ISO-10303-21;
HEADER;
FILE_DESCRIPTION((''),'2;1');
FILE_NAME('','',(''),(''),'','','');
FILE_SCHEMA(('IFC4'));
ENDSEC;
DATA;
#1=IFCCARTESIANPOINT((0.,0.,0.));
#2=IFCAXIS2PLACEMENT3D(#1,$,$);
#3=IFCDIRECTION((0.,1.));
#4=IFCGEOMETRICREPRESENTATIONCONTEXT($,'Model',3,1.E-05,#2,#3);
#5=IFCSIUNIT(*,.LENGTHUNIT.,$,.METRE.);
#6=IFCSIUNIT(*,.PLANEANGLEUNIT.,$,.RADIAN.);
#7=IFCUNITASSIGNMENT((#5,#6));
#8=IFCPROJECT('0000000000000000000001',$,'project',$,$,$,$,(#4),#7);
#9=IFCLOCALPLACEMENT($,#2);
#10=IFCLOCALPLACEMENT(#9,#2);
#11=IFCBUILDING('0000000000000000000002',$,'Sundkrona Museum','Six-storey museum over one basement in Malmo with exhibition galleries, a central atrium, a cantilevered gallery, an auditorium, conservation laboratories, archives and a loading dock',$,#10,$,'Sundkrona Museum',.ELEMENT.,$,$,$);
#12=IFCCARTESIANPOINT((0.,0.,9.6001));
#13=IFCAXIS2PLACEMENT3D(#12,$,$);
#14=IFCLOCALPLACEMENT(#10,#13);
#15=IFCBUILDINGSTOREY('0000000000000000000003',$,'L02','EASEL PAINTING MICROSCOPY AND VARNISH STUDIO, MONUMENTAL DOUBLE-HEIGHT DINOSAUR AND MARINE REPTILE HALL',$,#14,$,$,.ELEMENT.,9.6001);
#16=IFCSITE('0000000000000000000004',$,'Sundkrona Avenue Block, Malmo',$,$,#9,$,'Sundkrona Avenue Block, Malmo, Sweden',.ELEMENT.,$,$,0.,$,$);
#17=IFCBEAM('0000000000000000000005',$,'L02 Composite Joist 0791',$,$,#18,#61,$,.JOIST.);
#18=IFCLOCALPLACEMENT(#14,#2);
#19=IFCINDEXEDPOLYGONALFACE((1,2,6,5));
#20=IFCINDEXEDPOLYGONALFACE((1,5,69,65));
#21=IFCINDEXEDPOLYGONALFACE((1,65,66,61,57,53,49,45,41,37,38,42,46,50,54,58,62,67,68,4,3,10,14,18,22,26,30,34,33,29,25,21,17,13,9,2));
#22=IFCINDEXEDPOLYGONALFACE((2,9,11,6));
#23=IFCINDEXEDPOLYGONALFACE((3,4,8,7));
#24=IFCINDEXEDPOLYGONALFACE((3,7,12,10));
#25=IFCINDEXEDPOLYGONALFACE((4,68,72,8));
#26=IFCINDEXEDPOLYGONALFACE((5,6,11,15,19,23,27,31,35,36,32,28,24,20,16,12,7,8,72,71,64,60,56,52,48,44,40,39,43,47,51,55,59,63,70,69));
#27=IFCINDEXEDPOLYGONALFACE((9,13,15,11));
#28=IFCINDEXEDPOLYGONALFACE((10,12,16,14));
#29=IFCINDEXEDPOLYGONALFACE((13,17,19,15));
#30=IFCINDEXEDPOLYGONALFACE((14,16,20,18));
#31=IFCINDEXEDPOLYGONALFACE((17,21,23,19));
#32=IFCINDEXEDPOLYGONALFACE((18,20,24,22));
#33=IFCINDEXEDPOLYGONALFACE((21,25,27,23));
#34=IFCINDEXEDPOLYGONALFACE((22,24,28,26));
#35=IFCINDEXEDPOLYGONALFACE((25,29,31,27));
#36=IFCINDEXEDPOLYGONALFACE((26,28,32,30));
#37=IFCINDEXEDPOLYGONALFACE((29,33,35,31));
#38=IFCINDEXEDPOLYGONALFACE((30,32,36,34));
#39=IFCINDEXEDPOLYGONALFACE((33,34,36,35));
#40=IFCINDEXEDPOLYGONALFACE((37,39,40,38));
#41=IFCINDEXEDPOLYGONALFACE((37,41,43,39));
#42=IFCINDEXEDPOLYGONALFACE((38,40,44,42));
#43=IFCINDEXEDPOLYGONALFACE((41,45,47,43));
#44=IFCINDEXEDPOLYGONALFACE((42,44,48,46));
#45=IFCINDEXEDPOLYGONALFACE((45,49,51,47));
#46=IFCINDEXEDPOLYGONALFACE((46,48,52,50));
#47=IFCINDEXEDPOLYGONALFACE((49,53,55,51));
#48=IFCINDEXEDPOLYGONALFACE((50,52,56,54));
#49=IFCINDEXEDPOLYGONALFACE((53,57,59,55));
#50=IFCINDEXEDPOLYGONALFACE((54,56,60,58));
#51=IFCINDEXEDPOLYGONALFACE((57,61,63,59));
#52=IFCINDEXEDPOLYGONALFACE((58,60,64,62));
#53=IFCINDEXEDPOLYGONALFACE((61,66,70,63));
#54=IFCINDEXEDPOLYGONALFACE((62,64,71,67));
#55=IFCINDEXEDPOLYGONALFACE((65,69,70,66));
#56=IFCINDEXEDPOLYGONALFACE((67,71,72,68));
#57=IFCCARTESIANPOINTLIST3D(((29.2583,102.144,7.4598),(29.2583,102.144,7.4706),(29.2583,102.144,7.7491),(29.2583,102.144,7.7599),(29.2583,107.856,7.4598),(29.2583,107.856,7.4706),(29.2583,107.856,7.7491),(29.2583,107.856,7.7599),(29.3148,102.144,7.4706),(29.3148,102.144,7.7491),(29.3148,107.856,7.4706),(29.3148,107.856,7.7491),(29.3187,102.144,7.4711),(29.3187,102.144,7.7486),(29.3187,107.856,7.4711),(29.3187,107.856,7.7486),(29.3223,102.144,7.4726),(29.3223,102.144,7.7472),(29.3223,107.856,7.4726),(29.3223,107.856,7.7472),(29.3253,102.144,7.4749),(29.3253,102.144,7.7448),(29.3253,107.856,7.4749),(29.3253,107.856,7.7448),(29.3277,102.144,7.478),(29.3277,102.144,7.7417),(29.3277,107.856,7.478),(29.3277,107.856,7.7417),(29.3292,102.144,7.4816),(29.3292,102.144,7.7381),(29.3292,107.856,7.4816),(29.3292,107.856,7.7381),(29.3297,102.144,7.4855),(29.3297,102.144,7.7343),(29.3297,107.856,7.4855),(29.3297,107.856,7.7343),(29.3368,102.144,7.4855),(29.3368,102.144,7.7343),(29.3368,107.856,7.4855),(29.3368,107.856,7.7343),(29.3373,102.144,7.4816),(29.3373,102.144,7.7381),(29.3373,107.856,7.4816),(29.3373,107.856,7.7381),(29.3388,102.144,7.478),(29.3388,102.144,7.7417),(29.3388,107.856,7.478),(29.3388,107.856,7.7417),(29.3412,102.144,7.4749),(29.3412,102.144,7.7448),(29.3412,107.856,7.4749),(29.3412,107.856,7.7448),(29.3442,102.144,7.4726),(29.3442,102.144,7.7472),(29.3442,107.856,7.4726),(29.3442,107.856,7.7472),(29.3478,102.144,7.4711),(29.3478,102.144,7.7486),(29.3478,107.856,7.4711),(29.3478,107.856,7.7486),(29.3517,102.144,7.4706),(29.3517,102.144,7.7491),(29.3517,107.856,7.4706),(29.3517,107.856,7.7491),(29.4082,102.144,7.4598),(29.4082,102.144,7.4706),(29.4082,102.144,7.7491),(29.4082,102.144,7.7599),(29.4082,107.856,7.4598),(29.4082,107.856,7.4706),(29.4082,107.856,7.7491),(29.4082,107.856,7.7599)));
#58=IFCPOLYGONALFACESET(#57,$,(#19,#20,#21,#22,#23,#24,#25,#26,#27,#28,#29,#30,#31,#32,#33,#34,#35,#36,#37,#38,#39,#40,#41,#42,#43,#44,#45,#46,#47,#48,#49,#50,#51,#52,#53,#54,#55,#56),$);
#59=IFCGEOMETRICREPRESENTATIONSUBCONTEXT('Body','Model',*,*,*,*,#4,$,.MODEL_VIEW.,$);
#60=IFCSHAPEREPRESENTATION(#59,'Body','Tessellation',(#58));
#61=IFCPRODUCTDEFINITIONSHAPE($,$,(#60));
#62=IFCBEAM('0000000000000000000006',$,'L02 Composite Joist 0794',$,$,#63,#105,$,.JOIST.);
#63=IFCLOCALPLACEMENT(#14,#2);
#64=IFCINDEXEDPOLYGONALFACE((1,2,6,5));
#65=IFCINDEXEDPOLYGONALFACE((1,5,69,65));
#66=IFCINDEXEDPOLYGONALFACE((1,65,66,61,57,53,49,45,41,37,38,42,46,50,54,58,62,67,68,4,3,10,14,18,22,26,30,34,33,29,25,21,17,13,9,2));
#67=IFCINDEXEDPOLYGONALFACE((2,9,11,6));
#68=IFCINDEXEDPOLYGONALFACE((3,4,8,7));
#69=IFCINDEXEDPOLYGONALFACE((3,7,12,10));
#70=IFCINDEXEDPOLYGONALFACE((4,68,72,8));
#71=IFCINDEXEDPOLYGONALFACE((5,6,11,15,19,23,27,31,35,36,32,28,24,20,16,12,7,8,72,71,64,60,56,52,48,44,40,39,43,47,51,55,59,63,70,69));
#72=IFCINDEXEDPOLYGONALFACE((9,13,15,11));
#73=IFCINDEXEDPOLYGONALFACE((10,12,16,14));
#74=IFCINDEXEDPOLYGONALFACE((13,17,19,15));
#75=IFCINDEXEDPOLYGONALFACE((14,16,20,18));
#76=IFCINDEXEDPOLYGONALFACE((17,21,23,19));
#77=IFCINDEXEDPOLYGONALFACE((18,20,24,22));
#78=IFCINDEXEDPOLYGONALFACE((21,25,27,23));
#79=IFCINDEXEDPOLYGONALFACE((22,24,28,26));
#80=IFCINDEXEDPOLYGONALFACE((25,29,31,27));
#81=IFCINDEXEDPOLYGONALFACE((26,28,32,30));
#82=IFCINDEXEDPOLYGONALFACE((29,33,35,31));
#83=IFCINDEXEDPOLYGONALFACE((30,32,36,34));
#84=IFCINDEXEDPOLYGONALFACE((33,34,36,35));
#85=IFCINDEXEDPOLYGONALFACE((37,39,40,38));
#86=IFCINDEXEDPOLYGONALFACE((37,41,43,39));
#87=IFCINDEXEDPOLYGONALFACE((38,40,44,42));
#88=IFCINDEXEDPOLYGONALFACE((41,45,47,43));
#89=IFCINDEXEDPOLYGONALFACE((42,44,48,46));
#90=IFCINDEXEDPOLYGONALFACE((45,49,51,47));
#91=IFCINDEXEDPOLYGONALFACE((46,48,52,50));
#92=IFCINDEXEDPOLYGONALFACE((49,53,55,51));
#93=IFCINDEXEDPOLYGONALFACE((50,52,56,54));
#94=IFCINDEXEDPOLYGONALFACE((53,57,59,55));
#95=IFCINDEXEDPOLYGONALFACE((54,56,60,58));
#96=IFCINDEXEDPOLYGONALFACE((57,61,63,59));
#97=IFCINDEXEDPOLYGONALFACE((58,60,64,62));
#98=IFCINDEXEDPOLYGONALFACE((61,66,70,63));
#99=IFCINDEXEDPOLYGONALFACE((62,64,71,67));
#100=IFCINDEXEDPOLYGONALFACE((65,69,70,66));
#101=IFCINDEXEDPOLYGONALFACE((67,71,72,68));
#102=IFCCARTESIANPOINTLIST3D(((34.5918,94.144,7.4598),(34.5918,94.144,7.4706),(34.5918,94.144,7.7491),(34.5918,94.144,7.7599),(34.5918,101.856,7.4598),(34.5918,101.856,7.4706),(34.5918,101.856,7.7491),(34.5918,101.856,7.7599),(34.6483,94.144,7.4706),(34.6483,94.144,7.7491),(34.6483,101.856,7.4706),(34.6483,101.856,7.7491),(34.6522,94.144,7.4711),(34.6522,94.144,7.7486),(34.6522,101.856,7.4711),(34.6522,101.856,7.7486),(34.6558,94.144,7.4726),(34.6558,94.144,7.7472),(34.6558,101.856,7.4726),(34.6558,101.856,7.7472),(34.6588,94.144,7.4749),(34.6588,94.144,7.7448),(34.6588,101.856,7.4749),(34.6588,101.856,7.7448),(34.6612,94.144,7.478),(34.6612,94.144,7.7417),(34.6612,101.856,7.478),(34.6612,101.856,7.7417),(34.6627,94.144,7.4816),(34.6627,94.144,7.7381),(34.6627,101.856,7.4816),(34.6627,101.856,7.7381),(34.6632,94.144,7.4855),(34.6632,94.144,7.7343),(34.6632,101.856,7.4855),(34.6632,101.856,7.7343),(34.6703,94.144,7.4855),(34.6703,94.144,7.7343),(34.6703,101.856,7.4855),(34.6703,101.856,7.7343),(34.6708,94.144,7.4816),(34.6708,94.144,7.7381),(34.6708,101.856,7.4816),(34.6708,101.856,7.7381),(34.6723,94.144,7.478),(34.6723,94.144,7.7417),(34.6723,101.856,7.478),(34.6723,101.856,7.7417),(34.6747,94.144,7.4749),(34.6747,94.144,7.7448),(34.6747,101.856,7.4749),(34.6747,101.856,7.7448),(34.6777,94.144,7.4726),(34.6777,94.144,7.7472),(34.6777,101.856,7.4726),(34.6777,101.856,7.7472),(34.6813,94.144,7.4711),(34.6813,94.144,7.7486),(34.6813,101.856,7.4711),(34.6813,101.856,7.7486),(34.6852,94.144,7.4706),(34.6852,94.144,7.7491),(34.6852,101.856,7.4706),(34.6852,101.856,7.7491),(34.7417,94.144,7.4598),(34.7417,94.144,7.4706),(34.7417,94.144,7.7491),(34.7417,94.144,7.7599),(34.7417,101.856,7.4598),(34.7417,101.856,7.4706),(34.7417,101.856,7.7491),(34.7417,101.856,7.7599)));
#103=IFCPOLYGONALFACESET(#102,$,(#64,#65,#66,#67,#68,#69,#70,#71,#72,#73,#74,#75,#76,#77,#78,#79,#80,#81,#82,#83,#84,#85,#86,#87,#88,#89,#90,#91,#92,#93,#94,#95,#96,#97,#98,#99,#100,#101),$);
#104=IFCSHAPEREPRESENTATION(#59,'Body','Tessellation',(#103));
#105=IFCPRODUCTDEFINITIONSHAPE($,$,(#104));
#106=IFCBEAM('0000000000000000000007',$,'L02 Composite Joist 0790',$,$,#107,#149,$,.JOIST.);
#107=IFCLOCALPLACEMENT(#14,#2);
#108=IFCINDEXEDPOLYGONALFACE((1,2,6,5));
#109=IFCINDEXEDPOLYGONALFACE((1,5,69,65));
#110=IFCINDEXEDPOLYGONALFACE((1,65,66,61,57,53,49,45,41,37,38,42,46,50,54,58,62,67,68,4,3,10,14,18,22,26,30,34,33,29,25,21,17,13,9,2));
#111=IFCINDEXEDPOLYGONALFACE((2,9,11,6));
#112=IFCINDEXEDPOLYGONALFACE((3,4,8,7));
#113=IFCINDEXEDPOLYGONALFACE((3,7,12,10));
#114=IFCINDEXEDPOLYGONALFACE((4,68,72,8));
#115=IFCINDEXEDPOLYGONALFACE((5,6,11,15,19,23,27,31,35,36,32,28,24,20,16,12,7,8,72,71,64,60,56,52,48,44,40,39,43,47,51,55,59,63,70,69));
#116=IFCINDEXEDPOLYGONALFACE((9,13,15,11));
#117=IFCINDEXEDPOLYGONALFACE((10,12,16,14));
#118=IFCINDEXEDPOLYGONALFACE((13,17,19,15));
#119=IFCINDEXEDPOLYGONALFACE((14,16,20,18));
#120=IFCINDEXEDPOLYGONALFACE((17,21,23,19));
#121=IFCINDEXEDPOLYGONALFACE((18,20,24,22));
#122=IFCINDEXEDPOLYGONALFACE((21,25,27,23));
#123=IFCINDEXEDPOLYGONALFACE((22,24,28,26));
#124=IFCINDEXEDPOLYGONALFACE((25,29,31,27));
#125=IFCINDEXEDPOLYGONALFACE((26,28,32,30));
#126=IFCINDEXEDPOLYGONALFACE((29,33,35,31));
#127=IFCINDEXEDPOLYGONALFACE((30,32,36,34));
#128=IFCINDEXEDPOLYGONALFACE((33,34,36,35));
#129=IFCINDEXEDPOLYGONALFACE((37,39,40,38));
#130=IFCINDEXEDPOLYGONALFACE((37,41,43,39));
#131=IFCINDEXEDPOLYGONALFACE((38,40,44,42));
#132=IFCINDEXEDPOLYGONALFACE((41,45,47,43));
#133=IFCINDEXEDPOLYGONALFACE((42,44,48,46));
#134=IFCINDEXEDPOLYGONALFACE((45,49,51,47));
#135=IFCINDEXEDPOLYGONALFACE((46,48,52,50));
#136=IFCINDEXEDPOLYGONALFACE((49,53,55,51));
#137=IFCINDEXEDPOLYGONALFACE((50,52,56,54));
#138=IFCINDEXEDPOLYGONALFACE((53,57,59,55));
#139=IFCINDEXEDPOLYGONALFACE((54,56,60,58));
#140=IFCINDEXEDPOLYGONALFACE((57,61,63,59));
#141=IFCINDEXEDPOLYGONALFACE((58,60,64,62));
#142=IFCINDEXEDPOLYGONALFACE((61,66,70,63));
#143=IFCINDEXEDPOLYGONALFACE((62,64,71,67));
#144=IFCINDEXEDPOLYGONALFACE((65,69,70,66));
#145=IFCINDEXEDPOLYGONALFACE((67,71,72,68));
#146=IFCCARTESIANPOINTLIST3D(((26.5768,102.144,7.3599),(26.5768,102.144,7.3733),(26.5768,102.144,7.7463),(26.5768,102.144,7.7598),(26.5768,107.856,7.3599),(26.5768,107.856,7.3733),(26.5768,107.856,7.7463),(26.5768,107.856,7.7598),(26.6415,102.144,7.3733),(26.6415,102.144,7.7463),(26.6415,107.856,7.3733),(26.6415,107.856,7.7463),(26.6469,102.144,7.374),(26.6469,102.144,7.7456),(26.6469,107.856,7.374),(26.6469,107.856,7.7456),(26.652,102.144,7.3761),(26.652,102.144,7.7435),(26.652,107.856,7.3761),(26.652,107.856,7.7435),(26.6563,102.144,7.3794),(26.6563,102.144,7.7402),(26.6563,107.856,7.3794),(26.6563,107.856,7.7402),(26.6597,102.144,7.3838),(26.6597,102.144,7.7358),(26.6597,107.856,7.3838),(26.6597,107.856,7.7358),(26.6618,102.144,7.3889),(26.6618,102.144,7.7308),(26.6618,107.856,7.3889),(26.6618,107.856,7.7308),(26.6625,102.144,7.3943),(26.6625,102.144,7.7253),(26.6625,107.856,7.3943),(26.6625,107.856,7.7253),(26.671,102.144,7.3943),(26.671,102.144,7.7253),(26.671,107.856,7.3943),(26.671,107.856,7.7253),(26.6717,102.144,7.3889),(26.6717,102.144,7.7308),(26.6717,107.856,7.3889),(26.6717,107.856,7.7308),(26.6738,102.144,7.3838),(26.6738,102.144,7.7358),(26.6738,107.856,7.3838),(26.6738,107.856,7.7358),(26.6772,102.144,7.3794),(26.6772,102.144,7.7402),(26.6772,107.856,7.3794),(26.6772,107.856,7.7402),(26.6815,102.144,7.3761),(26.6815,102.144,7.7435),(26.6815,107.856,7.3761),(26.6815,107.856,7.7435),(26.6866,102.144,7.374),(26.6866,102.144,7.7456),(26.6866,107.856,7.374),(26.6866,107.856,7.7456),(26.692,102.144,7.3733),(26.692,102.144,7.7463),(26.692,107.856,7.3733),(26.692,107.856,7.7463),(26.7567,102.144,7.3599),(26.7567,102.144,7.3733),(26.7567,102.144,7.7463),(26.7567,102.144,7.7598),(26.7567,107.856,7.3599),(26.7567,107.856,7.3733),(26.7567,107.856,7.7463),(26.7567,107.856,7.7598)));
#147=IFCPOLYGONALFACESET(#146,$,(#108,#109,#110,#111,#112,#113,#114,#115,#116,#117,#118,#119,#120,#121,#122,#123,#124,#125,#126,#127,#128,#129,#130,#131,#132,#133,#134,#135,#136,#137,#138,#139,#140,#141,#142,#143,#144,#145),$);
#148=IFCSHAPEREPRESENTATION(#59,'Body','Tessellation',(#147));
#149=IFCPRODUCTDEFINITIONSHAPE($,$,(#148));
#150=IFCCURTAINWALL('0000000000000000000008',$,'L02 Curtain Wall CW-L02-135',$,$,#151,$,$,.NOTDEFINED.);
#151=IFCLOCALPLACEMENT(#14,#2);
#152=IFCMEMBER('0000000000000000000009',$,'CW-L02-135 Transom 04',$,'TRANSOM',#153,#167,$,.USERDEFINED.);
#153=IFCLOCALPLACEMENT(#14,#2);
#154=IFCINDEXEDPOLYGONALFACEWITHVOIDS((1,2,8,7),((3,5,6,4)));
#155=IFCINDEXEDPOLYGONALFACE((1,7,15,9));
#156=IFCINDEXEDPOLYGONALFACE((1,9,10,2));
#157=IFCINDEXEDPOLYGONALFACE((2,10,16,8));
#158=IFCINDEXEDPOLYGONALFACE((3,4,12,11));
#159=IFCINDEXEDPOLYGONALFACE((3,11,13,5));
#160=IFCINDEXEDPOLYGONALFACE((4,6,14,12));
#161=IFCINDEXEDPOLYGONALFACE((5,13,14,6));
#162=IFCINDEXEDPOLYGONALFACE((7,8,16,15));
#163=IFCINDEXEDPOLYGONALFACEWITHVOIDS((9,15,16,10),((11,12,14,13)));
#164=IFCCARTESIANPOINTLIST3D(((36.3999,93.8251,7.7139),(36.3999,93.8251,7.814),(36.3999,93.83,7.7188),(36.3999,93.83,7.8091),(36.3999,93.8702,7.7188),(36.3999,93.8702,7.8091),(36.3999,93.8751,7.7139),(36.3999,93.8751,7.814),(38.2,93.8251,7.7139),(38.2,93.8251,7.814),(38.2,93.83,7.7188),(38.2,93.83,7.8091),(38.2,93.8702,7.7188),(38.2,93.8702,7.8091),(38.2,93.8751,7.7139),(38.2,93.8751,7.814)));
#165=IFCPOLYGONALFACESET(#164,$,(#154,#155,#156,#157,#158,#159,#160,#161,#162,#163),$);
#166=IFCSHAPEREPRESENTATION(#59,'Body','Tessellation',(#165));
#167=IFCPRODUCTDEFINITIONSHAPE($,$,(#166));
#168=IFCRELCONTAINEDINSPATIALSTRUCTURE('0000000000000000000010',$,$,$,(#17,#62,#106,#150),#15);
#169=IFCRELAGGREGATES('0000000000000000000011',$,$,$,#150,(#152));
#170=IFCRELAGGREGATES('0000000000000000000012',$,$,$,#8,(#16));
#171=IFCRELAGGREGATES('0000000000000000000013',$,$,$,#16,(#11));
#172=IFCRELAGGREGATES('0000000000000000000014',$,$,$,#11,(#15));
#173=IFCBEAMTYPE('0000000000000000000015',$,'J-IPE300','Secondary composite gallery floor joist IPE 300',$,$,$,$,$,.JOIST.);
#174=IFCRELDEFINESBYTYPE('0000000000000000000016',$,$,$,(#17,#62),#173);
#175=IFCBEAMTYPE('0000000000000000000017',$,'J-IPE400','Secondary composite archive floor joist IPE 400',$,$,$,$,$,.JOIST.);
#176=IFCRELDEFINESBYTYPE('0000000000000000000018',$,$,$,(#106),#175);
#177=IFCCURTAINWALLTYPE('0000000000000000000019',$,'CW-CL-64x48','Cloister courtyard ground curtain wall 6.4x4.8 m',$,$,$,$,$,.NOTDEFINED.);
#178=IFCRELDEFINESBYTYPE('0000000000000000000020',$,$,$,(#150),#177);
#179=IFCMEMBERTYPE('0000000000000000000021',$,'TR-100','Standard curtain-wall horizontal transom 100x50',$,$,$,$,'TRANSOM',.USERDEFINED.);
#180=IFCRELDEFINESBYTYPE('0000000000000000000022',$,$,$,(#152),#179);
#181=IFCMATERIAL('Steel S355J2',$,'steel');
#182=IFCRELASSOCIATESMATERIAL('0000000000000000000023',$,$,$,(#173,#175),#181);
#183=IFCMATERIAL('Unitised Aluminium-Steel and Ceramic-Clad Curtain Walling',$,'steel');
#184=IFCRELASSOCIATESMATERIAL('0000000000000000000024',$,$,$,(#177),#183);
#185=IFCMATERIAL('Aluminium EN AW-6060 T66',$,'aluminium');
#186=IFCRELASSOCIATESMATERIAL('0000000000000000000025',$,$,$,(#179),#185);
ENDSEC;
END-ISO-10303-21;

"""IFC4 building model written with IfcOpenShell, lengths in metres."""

from ifc_helpers import new_model, si_unit, direction, frame, origin, origin_2d, place, context, subcontext, project, spatial, hollow_rectangle, i_section, extrude, material, material_profile, profile_set, type_object, element, aggregate, save


model = new_model("IFC4")

# Units and contexts
model_context = context("Model", 3, precision=1e-05, world=origin(), true_north=direction((0.0, 1.0)))
body_context = subcontext(model_context, "Body", "Model", "MODEL_VIEW")
ifc_project = project(units=[si_unit("LENGTHUNIT", "METRE"), si_unit("PLANEANGLEUNIT", "RADIAN")], contexts=[model_context])

# Site, building, storey
site_placement = place(None, origin())
site = spatial("IfcSite", under=ifc_project, at=site_placement, Name="Sundkrona Avenue Block, Malmo", LongName="Sundkrona Avenue Block, Malmo, Sweden", CompositionType="ELEMENT", RefElevation=0.0)
building_placement = place(site_placement, origin())
building = spatial("IfcBuilding", under=site, at=building_placement, Name="Sundkrona Museum", Description="Six-storey museum over one basement in Malmo with exhibition galleries, a central atrium, a cantilevered gallery, an auditorium, conservation laboratories, archives and a loading dock", LongName="Sundkrona Museum", CompositionType="ELEMENT")
storey_placement = place(building_placement, frame((0.0, 0.0, 9.6001)))
storey = spatial("IfcBuildingStorey", under=building, at=storey_placement, Name="L02", Description="EASEL PAINTING MICROSCOPY AND VARNISH STUDIO, MONUMENTAL DOUBLE-HEIGHT DINOSAUR AND MARINE REPTILE HALL", CompositionType="ELEMENT", Elevation=9.6001)

# Shared definitions
ifc_material_1 = material(Name="Steel S355J2", Category="steel")

# Beams
ifc_material_profile_1 = material_profile(ifc_material_1, i_section(OverallWidth=0.1499, OverallDepth=0.3, WebThickness=0.0071, FlangeThickness=0.0107, FilletRadius=0.0149, at=origin_2d()), Name="IPE 300")
ifc_profile_set_1 = profile_set([ifc_material_profile_1], Name="Steel S355J2")
beam_type_1 = type_object("IfcBeamType", Name="J-IPE300", Description="Secondary composite gallery floor joist IPE 300", PredefinedType="JOIST", material=ifc_profile_set_1)
beam_1_placement = place(storey_placement, frame((29.3333, 102.144, 7.6099), z_axis=(0.0, 1.0, 0.0), x_axis=(-1.0, 0.0, 0.0)))
element("IfcBeam", 1, at=beam_1_placement, inside=storey, type_object=beam_type_1, Name="L02 Composite Joist 0791", PredefinedType="JOIST", context=body_context, shape_type="SweptSolid", body=[
    extrude(i_section(OverallWidth=0.1499, OverallDepth=0.3, WebThickness=0.0071, FlangeThickness=0.0107, FilletRadius=0.0149, at=origin_2d()), origin(), (0.0, 0.0, 1.0), 5.7119),
])
beam_2_placement = place(storey_placement, frame((34.6667, 94.144, 7.6099), z_axis=(0.0, 1.0, 0.0), x_axis=(-1.0, 0.0, 0.0)))
element("IfcBeam", 2, at=beam_2_placement, inside=storey, type_object=beam_type_1, Name="L02 Composite Joist 0794", PredefinedType="JOIST", context=body_context, shape_type="SweptSolid", body=[
    extrude(i_section(OverallWidth=0.1499, OverallDepth=0.3, WebThickness=0.0071, FlangeThickness=0.0107, FilletRadius=0.0149, at=origin_2d()), origin(), (0.0, 0.0, 1.0), 7.7119),
])
ifc_material_profile_2 = material_profile(ifc_material_1, i_section(OverallWidth=0.1799, OverallDepth=0.3999, WebThickness=0.0085, FlangeThickness=0.0134, FilletRadius=0.021, at=origin_2d()), Name="IPE 400")
ifc_profile_set_2 = profile_set([ifc_material_profile_2], Name="Steel S355J2")
beam_type_2 = type_object("IfcBeamType", Name="J-IPE400", Description="Secondary composite archive floor joist IPE 400", PredefinedType="JOIST", material=ifc_profile_set_2)
beam_3_placement = place(storey_placement, frame((26.6667, 102.144, 7.5598), z_axis=(0.0, 1.0, 0.0), x_axis=(-1.0, 0.0, 0.0)))
element("IfcBeam", 3, at=beam_3_placement, inside=storey, type_object=beam_type_2, Name="L02 Composite Joist 0790", PredefinedType="JOIST", context=body_context, shape_type="SweptSolid", body=[
    extrude(i_section(OverallWidth=0.1799, OverallDepth=0.3999, WebThickness=0.0085, FlangeThickness=0.0134, FilletRadius=0.021, at=origin_2d()), origin(), (0.0, 0.0, 1.0), 5.7119),
])

# Curtain wall, member
ifc_material_2 = material(Name="Unitised Aluminium-Steel and Ceramic-Clad Curtain Walling", Category="steel")
curtain_wall_type = type_object("IfcCurtainWallType", Name="CW-CL-64x48", Description="Cloister courtyard ground curtain wall 6.4x4.8 m", PredefinedType="NOTDEFINED", material=ifc_material_2)
curtain_wall_placement = place(storey_placement, origin())
curtain_wall = element("IfcCurtainWall", 4, at=curtain_wall_placement, inside=storey, type_object=curtain_wall_type, Name="L02 Curtain Wall CW-L02-135", PredefinedType="NOTDEFINED")
ifc_material_3 = material(Name="Aluminium EN AW-6060 T66", Category="aluminium")
ifc_material_profile_3 = material_profile(ifc_material_3, hollow_rectangle(XDim=0.05, YDim=0.1001, WallThickness=0.0049, at=origin_2d()), Name="RHS 100x50x5.0")
ifc_profile_set_3 = profile_set([ifc_material_profile_3], Name="Aluminium EN AW-6060 T66")
member_type = type_object("IfcMemberType", Name="TR-100", Description="Standard curtain-wall horizontal transom 100x50", ElementType="TRANSOM", PredefinedType="USERDEFINED", material=ifc_profile_set_3)
member_placement = place(storey_placement, frame((36.3999, 93.8501, 7.7639), z_axis=(1.0, 0.0, 0.0), x_axis=(0.0, 1.0, 0.0)))
member = element("IfcMember", 5, at=member_placement, type_object=member_type, Name="CW-L02-135 Transom 04", ObjectType="TRANSOM", PredefinedType="USERDEFINED", context=body_context, shape_type="SweptSolid", body=[
    extrude(hollow_rectangle(XDim=0.05, YDim=0.1001, WallThickness=0.0049, at=origin_2d()), origin(), (0.0, 0.0, 1.0), 1.8),
])
aggregate(curtain_wall, [member])

save(model, "model.ifc")
